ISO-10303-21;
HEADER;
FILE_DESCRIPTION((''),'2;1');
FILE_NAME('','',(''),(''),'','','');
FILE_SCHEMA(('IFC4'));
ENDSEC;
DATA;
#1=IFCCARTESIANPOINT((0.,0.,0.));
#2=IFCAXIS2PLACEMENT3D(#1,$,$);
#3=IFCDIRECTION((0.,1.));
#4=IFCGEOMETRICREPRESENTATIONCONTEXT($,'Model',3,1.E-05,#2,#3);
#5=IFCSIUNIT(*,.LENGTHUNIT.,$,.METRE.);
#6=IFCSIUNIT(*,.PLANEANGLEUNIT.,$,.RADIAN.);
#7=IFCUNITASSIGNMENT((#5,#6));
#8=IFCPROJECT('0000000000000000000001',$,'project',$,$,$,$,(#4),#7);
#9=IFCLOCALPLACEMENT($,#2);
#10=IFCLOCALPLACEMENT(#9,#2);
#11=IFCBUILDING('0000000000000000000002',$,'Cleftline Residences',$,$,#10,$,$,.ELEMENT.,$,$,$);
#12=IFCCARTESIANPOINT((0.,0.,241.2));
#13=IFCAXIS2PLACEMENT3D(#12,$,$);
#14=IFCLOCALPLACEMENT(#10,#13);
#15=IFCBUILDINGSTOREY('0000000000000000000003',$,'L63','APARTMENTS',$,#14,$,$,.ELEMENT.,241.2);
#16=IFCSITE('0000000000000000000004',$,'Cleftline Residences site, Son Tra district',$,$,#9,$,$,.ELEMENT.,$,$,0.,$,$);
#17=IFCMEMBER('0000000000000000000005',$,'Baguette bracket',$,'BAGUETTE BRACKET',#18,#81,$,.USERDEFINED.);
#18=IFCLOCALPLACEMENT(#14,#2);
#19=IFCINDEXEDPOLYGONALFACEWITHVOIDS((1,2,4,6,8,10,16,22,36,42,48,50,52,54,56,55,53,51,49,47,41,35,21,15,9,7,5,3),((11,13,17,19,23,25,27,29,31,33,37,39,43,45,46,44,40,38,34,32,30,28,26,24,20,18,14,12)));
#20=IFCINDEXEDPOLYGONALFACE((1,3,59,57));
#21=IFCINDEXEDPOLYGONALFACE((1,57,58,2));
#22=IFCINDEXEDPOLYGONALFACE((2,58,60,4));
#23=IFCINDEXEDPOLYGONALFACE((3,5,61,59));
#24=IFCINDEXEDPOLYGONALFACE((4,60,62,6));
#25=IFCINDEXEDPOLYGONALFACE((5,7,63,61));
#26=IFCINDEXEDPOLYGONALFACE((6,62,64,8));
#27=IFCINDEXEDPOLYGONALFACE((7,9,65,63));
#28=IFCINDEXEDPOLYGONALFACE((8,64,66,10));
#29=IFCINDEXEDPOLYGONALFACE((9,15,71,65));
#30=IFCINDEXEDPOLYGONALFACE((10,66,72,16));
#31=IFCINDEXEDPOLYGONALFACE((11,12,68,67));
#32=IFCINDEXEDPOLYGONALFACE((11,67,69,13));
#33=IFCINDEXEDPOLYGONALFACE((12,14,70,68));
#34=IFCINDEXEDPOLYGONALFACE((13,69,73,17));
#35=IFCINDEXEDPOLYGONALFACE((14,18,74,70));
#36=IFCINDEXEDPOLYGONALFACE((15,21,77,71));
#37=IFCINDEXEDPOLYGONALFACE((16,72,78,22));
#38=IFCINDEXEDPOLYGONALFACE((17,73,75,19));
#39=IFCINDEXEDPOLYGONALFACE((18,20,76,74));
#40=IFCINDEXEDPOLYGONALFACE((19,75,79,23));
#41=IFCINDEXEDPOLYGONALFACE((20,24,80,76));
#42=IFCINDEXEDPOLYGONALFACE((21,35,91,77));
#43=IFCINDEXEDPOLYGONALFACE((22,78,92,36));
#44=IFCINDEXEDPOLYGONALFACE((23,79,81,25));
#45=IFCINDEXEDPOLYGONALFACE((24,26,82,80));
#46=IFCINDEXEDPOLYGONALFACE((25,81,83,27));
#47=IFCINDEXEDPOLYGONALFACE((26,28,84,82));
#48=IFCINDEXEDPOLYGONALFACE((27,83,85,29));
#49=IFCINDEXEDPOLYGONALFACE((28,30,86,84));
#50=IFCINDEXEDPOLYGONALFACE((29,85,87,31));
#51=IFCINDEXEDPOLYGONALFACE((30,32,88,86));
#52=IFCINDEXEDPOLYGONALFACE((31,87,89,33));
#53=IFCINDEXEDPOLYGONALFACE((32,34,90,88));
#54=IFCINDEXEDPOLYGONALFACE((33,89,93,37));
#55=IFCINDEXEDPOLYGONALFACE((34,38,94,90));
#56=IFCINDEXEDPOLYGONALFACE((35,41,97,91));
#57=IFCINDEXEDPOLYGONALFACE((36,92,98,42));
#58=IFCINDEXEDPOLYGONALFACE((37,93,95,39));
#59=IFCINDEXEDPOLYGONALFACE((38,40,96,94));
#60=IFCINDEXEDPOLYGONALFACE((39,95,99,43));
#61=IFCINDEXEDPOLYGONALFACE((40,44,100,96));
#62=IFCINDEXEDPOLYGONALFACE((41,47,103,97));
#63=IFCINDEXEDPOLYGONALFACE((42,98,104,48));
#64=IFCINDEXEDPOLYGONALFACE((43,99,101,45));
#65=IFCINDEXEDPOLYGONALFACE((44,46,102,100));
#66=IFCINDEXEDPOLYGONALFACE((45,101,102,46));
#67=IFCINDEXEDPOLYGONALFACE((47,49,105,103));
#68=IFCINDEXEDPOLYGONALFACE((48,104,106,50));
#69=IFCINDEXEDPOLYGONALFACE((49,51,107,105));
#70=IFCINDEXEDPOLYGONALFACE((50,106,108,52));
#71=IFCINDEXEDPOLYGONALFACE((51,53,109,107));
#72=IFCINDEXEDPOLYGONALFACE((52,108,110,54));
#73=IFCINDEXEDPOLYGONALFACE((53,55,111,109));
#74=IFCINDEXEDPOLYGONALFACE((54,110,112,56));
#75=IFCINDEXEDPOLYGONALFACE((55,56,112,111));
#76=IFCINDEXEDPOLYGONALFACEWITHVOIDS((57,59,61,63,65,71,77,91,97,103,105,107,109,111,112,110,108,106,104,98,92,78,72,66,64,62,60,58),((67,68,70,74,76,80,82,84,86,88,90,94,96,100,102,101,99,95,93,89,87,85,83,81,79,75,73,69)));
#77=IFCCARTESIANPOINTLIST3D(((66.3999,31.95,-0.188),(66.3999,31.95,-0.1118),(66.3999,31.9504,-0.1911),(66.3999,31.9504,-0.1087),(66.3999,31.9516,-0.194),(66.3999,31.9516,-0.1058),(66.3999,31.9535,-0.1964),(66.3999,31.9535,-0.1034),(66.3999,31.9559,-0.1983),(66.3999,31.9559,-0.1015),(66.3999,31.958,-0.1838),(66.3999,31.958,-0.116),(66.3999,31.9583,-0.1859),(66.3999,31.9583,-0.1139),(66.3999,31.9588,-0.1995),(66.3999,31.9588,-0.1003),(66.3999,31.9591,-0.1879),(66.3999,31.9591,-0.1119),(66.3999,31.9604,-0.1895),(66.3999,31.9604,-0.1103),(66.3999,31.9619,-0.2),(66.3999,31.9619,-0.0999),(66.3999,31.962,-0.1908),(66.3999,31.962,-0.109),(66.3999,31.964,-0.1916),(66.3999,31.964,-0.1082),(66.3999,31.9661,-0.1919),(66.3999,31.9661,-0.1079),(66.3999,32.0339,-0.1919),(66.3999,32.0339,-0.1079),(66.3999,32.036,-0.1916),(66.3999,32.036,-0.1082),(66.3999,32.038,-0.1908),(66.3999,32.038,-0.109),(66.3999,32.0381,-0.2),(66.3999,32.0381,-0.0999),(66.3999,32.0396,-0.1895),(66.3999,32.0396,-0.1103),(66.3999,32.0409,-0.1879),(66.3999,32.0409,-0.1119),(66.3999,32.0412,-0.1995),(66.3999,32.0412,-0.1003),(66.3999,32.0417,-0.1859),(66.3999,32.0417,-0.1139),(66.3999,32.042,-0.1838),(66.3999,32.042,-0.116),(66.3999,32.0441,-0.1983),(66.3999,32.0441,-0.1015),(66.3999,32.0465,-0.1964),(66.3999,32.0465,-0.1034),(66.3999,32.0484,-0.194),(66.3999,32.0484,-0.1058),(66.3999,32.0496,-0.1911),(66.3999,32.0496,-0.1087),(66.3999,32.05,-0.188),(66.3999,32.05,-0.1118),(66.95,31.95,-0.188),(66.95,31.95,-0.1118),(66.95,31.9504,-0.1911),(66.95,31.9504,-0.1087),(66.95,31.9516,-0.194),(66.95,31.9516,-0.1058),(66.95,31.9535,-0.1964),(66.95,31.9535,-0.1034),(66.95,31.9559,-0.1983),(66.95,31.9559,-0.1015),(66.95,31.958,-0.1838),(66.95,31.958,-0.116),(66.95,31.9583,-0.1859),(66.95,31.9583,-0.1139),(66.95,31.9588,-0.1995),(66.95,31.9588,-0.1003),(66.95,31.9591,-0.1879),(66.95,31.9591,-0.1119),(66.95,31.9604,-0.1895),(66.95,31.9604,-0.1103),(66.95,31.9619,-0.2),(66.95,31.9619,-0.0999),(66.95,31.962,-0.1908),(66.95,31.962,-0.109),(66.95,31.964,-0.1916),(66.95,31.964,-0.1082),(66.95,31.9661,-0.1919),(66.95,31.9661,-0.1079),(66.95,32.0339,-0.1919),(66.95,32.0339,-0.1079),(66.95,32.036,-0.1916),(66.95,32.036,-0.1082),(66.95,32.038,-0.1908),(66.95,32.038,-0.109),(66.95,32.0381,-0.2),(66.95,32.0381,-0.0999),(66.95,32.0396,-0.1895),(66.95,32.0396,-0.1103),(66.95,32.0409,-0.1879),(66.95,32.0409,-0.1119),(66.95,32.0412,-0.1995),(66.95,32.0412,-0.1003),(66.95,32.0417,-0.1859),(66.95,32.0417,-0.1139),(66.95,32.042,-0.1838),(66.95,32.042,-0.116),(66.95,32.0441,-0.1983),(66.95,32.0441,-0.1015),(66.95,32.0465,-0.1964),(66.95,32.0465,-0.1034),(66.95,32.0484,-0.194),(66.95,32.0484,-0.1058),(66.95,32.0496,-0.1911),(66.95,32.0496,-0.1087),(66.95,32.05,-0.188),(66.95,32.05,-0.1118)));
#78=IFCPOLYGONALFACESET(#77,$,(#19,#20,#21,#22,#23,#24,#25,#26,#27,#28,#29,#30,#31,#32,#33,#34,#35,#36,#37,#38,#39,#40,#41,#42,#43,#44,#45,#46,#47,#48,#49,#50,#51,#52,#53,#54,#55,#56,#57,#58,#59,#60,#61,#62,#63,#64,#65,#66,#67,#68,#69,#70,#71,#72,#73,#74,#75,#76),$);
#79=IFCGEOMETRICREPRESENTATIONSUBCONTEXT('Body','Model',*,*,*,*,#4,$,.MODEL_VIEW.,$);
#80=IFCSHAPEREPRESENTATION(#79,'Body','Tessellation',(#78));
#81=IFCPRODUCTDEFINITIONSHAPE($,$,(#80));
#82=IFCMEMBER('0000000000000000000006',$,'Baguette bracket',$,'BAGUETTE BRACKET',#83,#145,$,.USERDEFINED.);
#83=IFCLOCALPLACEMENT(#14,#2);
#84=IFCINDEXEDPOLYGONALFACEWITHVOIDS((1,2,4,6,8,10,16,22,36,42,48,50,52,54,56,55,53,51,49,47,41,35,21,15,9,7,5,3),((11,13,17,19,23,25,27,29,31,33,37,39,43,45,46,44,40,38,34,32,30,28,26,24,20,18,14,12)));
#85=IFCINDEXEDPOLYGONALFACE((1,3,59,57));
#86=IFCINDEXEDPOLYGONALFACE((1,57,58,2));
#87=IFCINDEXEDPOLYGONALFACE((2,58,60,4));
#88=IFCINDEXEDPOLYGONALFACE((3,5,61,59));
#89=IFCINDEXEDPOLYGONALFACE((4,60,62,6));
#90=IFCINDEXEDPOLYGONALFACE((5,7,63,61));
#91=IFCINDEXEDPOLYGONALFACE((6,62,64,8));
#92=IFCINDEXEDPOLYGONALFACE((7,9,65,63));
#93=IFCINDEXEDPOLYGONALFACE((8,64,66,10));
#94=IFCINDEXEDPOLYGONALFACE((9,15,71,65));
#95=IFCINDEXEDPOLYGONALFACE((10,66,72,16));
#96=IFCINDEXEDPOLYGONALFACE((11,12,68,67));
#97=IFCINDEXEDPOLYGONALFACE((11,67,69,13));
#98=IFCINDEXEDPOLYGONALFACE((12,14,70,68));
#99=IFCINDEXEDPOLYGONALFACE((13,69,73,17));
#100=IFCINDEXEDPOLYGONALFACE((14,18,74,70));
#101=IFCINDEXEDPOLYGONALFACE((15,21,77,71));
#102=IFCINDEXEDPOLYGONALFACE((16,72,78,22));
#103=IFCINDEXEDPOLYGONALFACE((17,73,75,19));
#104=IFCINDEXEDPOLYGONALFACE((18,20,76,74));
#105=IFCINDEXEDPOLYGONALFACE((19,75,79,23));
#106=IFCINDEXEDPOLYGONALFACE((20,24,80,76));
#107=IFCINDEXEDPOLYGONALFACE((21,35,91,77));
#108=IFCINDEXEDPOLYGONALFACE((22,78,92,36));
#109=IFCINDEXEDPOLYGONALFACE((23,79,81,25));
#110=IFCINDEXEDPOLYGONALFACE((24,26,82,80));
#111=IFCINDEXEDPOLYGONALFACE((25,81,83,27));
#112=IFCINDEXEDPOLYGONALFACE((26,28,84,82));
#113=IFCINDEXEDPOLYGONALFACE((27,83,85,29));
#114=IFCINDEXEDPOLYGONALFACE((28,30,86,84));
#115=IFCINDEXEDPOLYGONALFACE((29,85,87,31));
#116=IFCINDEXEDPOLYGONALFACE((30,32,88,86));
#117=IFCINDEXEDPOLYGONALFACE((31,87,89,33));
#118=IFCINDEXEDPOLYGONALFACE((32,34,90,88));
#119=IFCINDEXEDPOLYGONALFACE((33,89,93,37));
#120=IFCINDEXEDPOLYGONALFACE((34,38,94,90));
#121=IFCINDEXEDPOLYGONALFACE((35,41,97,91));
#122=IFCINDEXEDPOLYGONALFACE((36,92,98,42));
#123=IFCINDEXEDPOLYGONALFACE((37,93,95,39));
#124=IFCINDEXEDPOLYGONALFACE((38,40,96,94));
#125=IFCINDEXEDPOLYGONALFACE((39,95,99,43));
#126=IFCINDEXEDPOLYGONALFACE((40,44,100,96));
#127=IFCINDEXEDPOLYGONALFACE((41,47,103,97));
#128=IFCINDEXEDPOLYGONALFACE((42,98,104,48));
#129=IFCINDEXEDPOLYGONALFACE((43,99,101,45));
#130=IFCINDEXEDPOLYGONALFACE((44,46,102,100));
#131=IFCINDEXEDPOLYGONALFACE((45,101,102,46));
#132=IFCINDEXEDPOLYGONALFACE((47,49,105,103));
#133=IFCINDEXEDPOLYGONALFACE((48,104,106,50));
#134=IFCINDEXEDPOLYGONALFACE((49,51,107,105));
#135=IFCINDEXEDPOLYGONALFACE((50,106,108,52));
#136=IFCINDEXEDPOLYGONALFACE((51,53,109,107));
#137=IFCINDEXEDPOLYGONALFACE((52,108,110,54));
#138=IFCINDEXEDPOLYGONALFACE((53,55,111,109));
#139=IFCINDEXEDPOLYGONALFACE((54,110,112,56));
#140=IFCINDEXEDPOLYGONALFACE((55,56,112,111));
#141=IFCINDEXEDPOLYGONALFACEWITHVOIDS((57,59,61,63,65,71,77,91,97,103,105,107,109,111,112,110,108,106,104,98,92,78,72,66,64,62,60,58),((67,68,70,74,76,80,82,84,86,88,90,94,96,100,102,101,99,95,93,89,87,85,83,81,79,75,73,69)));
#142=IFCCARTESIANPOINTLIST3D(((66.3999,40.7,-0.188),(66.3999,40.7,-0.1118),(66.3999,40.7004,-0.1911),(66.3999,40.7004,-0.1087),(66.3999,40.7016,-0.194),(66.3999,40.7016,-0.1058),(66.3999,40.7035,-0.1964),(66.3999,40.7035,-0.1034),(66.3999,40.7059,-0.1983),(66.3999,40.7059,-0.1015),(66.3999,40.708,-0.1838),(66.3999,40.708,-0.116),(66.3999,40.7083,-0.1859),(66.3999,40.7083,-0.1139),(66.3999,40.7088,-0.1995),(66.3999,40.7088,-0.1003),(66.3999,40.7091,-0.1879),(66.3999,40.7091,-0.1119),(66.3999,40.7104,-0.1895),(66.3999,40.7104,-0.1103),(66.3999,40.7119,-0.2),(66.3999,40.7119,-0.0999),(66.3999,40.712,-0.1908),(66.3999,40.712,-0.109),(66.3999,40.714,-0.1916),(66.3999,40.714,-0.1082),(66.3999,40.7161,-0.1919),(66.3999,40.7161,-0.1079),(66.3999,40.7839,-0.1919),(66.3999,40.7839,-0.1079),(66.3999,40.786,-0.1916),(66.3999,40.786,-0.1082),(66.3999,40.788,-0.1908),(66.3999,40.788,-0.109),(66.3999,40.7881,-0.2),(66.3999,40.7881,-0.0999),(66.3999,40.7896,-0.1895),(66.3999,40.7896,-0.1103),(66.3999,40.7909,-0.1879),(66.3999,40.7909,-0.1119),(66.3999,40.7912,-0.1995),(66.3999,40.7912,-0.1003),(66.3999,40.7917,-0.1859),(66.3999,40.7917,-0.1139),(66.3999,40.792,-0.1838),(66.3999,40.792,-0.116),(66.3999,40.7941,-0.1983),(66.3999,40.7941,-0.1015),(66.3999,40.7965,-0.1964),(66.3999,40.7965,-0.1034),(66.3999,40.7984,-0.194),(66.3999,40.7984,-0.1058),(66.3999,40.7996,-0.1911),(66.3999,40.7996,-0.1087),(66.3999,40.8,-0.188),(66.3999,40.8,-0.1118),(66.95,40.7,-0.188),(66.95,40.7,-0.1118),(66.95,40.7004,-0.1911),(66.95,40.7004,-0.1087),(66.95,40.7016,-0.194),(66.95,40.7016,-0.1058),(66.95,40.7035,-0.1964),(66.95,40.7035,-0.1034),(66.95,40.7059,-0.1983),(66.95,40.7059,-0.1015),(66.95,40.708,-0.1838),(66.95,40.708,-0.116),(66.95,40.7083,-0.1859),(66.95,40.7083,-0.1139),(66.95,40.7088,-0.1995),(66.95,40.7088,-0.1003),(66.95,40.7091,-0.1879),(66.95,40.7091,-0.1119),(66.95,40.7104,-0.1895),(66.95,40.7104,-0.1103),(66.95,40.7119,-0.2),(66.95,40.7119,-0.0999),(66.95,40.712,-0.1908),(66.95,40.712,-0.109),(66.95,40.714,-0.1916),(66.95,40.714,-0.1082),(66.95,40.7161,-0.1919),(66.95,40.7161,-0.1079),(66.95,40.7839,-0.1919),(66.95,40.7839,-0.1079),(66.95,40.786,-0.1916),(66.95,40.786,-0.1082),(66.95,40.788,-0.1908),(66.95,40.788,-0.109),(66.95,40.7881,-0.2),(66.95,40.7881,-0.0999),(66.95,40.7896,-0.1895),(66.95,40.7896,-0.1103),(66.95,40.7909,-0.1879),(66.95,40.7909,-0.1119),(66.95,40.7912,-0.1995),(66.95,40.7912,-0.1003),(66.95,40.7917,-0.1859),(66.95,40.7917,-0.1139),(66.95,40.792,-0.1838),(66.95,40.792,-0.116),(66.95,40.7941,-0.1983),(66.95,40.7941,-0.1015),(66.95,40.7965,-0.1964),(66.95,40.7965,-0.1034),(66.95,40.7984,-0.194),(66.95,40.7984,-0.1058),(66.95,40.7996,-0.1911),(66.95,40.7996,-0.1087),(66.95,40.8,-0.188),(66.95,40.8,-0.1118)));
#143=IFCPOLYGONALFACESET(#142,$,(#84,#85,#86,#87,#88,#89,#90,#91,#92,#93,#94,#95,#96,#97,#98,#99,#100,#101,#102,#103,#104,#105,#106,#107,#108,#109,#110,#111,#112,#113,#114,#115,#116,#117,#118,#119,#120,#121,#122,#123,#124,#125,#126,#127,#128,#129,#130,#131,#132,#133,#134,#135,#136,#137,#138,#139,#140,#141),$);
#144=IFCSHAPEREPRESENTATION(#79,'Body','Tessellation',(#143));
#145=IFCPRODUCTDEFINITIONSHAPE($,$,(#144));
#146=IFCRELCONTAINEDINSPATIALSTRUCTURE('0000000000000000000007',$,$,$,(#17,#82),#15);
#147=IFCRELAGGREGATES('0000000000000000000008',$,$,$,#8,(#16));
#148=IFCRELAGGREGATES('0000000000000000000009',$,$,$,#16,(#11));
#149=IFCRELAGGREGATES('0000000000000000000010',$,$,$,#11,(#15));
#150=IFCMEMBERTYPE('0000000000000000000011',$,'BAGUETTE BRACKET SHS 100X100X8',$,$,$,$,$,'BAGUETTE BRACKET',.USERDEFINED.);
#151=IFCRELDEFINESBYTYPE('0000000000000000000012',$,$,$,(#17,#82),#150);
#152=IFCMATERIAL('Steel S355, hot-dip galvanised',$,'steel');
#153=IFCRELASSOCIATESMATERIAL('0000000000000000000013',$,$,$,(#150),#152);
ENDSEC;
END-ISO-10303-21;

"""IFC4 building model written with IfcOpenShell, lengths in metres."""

from ifc_helpers import new_model, si_unit, direction, frame, origin, origin_2d, place, context, subcontext, project, spatial, hollow_rectangle, extrude, material, material_profile, profile_set, type_object, element, save


model = new_model("IFC4")

# Units and contexts
model_context = context("Model", 3, precision=1e-05, world=origin(), true_north=direction((0.0, 1.0)))
body_context = subcontext(model_context, "Body", "Model", "MODEL_VIEW")
ifc_project = project(units=[si_unit("LENGTHUNIT", "METRE"), si_unit("PLANEANGLEUNIT", "RADIAN")], contexts=[model_context])

# Site, building, storey
site_placement = place(None, origin())
site = spatial("IfcSite", under=ifc_project, at=site_placement, Name="Cleftline Residences site, Son Tra district", CompositionType="ELEMENT", RefElevation=0.0)
building_placement = place(site_placement, origin())
building = spatial("IfcBuilding", under=site, at=building_placement, Name="Cleftline Residences", CompositionType="ELEMENT")
storey_placement = place(building_placement, frame((0.0, 0.0, 241.2)))
storey = spatial("IfcBuildingStorey", under=building, at=storey_placement, Name="L63", Description="APARTMENTS", CompositionType="ELEMENT", Elevation=241.2)

# Members
ifc_material_1 = material(Name="Steel S355, hot-dip galvanised", Category="steel")
ifc_material_profile_1 = material_profile(ifc_material_1, hollow_rectangle(XDim=0.1001, YDim=0.1001, WallThickness=0.0081, InnerFilletRadius=0.0081, OuterFilletRadius=0.012, at=origin_2d()))
ifc_profile_set_1 = profile_set([ifc_material_profile_1], Name="Steel S355, hot-dip galvanised")
member_type_1 = type_object("IfcMemberType", Name="BAGUETTE BRACKET SHS 100X100X8", ElementType="BAGUETTE BRACKET", PredefinedType="USERDEFINED", material=ifc_profile_set_1)
for number, where, z_axis, x_axis, name in (
    (1, (66.3999, 32.0, -0.1499), (1.0, 0.0, 0.0), (0.0, 1.0, 0.0), "Baguette bracket"),
    (2, (66.3999, 40.75, -0.1499), (1.0, 0.0, 0.0), (0.0, 1.0, 0.0), "Baguette bracket"),
):
    element("IfcMember", number, at=place(storey_placement, frame(where, z_axis=z_axis, x_axis=x_axis)), inside=storey, type_object=member_type_1, Name=name, ObjectType="BAGUETTE BRACKET", PredefinedType="USERDEFINED", context=body_context, shape_type="SweptSolid", body=[
        extrude(hollow_rectangle(XDim=0.1001, YDim=0.1001, WallThickness=0.0081, InnerFilletRadius=0.0081, OuterFilletRadius=0.012, at=origin_2d()), origin(), (0.0, 0.0, 1.0), 0.55),
    ])

save(model, "model.ifc")
